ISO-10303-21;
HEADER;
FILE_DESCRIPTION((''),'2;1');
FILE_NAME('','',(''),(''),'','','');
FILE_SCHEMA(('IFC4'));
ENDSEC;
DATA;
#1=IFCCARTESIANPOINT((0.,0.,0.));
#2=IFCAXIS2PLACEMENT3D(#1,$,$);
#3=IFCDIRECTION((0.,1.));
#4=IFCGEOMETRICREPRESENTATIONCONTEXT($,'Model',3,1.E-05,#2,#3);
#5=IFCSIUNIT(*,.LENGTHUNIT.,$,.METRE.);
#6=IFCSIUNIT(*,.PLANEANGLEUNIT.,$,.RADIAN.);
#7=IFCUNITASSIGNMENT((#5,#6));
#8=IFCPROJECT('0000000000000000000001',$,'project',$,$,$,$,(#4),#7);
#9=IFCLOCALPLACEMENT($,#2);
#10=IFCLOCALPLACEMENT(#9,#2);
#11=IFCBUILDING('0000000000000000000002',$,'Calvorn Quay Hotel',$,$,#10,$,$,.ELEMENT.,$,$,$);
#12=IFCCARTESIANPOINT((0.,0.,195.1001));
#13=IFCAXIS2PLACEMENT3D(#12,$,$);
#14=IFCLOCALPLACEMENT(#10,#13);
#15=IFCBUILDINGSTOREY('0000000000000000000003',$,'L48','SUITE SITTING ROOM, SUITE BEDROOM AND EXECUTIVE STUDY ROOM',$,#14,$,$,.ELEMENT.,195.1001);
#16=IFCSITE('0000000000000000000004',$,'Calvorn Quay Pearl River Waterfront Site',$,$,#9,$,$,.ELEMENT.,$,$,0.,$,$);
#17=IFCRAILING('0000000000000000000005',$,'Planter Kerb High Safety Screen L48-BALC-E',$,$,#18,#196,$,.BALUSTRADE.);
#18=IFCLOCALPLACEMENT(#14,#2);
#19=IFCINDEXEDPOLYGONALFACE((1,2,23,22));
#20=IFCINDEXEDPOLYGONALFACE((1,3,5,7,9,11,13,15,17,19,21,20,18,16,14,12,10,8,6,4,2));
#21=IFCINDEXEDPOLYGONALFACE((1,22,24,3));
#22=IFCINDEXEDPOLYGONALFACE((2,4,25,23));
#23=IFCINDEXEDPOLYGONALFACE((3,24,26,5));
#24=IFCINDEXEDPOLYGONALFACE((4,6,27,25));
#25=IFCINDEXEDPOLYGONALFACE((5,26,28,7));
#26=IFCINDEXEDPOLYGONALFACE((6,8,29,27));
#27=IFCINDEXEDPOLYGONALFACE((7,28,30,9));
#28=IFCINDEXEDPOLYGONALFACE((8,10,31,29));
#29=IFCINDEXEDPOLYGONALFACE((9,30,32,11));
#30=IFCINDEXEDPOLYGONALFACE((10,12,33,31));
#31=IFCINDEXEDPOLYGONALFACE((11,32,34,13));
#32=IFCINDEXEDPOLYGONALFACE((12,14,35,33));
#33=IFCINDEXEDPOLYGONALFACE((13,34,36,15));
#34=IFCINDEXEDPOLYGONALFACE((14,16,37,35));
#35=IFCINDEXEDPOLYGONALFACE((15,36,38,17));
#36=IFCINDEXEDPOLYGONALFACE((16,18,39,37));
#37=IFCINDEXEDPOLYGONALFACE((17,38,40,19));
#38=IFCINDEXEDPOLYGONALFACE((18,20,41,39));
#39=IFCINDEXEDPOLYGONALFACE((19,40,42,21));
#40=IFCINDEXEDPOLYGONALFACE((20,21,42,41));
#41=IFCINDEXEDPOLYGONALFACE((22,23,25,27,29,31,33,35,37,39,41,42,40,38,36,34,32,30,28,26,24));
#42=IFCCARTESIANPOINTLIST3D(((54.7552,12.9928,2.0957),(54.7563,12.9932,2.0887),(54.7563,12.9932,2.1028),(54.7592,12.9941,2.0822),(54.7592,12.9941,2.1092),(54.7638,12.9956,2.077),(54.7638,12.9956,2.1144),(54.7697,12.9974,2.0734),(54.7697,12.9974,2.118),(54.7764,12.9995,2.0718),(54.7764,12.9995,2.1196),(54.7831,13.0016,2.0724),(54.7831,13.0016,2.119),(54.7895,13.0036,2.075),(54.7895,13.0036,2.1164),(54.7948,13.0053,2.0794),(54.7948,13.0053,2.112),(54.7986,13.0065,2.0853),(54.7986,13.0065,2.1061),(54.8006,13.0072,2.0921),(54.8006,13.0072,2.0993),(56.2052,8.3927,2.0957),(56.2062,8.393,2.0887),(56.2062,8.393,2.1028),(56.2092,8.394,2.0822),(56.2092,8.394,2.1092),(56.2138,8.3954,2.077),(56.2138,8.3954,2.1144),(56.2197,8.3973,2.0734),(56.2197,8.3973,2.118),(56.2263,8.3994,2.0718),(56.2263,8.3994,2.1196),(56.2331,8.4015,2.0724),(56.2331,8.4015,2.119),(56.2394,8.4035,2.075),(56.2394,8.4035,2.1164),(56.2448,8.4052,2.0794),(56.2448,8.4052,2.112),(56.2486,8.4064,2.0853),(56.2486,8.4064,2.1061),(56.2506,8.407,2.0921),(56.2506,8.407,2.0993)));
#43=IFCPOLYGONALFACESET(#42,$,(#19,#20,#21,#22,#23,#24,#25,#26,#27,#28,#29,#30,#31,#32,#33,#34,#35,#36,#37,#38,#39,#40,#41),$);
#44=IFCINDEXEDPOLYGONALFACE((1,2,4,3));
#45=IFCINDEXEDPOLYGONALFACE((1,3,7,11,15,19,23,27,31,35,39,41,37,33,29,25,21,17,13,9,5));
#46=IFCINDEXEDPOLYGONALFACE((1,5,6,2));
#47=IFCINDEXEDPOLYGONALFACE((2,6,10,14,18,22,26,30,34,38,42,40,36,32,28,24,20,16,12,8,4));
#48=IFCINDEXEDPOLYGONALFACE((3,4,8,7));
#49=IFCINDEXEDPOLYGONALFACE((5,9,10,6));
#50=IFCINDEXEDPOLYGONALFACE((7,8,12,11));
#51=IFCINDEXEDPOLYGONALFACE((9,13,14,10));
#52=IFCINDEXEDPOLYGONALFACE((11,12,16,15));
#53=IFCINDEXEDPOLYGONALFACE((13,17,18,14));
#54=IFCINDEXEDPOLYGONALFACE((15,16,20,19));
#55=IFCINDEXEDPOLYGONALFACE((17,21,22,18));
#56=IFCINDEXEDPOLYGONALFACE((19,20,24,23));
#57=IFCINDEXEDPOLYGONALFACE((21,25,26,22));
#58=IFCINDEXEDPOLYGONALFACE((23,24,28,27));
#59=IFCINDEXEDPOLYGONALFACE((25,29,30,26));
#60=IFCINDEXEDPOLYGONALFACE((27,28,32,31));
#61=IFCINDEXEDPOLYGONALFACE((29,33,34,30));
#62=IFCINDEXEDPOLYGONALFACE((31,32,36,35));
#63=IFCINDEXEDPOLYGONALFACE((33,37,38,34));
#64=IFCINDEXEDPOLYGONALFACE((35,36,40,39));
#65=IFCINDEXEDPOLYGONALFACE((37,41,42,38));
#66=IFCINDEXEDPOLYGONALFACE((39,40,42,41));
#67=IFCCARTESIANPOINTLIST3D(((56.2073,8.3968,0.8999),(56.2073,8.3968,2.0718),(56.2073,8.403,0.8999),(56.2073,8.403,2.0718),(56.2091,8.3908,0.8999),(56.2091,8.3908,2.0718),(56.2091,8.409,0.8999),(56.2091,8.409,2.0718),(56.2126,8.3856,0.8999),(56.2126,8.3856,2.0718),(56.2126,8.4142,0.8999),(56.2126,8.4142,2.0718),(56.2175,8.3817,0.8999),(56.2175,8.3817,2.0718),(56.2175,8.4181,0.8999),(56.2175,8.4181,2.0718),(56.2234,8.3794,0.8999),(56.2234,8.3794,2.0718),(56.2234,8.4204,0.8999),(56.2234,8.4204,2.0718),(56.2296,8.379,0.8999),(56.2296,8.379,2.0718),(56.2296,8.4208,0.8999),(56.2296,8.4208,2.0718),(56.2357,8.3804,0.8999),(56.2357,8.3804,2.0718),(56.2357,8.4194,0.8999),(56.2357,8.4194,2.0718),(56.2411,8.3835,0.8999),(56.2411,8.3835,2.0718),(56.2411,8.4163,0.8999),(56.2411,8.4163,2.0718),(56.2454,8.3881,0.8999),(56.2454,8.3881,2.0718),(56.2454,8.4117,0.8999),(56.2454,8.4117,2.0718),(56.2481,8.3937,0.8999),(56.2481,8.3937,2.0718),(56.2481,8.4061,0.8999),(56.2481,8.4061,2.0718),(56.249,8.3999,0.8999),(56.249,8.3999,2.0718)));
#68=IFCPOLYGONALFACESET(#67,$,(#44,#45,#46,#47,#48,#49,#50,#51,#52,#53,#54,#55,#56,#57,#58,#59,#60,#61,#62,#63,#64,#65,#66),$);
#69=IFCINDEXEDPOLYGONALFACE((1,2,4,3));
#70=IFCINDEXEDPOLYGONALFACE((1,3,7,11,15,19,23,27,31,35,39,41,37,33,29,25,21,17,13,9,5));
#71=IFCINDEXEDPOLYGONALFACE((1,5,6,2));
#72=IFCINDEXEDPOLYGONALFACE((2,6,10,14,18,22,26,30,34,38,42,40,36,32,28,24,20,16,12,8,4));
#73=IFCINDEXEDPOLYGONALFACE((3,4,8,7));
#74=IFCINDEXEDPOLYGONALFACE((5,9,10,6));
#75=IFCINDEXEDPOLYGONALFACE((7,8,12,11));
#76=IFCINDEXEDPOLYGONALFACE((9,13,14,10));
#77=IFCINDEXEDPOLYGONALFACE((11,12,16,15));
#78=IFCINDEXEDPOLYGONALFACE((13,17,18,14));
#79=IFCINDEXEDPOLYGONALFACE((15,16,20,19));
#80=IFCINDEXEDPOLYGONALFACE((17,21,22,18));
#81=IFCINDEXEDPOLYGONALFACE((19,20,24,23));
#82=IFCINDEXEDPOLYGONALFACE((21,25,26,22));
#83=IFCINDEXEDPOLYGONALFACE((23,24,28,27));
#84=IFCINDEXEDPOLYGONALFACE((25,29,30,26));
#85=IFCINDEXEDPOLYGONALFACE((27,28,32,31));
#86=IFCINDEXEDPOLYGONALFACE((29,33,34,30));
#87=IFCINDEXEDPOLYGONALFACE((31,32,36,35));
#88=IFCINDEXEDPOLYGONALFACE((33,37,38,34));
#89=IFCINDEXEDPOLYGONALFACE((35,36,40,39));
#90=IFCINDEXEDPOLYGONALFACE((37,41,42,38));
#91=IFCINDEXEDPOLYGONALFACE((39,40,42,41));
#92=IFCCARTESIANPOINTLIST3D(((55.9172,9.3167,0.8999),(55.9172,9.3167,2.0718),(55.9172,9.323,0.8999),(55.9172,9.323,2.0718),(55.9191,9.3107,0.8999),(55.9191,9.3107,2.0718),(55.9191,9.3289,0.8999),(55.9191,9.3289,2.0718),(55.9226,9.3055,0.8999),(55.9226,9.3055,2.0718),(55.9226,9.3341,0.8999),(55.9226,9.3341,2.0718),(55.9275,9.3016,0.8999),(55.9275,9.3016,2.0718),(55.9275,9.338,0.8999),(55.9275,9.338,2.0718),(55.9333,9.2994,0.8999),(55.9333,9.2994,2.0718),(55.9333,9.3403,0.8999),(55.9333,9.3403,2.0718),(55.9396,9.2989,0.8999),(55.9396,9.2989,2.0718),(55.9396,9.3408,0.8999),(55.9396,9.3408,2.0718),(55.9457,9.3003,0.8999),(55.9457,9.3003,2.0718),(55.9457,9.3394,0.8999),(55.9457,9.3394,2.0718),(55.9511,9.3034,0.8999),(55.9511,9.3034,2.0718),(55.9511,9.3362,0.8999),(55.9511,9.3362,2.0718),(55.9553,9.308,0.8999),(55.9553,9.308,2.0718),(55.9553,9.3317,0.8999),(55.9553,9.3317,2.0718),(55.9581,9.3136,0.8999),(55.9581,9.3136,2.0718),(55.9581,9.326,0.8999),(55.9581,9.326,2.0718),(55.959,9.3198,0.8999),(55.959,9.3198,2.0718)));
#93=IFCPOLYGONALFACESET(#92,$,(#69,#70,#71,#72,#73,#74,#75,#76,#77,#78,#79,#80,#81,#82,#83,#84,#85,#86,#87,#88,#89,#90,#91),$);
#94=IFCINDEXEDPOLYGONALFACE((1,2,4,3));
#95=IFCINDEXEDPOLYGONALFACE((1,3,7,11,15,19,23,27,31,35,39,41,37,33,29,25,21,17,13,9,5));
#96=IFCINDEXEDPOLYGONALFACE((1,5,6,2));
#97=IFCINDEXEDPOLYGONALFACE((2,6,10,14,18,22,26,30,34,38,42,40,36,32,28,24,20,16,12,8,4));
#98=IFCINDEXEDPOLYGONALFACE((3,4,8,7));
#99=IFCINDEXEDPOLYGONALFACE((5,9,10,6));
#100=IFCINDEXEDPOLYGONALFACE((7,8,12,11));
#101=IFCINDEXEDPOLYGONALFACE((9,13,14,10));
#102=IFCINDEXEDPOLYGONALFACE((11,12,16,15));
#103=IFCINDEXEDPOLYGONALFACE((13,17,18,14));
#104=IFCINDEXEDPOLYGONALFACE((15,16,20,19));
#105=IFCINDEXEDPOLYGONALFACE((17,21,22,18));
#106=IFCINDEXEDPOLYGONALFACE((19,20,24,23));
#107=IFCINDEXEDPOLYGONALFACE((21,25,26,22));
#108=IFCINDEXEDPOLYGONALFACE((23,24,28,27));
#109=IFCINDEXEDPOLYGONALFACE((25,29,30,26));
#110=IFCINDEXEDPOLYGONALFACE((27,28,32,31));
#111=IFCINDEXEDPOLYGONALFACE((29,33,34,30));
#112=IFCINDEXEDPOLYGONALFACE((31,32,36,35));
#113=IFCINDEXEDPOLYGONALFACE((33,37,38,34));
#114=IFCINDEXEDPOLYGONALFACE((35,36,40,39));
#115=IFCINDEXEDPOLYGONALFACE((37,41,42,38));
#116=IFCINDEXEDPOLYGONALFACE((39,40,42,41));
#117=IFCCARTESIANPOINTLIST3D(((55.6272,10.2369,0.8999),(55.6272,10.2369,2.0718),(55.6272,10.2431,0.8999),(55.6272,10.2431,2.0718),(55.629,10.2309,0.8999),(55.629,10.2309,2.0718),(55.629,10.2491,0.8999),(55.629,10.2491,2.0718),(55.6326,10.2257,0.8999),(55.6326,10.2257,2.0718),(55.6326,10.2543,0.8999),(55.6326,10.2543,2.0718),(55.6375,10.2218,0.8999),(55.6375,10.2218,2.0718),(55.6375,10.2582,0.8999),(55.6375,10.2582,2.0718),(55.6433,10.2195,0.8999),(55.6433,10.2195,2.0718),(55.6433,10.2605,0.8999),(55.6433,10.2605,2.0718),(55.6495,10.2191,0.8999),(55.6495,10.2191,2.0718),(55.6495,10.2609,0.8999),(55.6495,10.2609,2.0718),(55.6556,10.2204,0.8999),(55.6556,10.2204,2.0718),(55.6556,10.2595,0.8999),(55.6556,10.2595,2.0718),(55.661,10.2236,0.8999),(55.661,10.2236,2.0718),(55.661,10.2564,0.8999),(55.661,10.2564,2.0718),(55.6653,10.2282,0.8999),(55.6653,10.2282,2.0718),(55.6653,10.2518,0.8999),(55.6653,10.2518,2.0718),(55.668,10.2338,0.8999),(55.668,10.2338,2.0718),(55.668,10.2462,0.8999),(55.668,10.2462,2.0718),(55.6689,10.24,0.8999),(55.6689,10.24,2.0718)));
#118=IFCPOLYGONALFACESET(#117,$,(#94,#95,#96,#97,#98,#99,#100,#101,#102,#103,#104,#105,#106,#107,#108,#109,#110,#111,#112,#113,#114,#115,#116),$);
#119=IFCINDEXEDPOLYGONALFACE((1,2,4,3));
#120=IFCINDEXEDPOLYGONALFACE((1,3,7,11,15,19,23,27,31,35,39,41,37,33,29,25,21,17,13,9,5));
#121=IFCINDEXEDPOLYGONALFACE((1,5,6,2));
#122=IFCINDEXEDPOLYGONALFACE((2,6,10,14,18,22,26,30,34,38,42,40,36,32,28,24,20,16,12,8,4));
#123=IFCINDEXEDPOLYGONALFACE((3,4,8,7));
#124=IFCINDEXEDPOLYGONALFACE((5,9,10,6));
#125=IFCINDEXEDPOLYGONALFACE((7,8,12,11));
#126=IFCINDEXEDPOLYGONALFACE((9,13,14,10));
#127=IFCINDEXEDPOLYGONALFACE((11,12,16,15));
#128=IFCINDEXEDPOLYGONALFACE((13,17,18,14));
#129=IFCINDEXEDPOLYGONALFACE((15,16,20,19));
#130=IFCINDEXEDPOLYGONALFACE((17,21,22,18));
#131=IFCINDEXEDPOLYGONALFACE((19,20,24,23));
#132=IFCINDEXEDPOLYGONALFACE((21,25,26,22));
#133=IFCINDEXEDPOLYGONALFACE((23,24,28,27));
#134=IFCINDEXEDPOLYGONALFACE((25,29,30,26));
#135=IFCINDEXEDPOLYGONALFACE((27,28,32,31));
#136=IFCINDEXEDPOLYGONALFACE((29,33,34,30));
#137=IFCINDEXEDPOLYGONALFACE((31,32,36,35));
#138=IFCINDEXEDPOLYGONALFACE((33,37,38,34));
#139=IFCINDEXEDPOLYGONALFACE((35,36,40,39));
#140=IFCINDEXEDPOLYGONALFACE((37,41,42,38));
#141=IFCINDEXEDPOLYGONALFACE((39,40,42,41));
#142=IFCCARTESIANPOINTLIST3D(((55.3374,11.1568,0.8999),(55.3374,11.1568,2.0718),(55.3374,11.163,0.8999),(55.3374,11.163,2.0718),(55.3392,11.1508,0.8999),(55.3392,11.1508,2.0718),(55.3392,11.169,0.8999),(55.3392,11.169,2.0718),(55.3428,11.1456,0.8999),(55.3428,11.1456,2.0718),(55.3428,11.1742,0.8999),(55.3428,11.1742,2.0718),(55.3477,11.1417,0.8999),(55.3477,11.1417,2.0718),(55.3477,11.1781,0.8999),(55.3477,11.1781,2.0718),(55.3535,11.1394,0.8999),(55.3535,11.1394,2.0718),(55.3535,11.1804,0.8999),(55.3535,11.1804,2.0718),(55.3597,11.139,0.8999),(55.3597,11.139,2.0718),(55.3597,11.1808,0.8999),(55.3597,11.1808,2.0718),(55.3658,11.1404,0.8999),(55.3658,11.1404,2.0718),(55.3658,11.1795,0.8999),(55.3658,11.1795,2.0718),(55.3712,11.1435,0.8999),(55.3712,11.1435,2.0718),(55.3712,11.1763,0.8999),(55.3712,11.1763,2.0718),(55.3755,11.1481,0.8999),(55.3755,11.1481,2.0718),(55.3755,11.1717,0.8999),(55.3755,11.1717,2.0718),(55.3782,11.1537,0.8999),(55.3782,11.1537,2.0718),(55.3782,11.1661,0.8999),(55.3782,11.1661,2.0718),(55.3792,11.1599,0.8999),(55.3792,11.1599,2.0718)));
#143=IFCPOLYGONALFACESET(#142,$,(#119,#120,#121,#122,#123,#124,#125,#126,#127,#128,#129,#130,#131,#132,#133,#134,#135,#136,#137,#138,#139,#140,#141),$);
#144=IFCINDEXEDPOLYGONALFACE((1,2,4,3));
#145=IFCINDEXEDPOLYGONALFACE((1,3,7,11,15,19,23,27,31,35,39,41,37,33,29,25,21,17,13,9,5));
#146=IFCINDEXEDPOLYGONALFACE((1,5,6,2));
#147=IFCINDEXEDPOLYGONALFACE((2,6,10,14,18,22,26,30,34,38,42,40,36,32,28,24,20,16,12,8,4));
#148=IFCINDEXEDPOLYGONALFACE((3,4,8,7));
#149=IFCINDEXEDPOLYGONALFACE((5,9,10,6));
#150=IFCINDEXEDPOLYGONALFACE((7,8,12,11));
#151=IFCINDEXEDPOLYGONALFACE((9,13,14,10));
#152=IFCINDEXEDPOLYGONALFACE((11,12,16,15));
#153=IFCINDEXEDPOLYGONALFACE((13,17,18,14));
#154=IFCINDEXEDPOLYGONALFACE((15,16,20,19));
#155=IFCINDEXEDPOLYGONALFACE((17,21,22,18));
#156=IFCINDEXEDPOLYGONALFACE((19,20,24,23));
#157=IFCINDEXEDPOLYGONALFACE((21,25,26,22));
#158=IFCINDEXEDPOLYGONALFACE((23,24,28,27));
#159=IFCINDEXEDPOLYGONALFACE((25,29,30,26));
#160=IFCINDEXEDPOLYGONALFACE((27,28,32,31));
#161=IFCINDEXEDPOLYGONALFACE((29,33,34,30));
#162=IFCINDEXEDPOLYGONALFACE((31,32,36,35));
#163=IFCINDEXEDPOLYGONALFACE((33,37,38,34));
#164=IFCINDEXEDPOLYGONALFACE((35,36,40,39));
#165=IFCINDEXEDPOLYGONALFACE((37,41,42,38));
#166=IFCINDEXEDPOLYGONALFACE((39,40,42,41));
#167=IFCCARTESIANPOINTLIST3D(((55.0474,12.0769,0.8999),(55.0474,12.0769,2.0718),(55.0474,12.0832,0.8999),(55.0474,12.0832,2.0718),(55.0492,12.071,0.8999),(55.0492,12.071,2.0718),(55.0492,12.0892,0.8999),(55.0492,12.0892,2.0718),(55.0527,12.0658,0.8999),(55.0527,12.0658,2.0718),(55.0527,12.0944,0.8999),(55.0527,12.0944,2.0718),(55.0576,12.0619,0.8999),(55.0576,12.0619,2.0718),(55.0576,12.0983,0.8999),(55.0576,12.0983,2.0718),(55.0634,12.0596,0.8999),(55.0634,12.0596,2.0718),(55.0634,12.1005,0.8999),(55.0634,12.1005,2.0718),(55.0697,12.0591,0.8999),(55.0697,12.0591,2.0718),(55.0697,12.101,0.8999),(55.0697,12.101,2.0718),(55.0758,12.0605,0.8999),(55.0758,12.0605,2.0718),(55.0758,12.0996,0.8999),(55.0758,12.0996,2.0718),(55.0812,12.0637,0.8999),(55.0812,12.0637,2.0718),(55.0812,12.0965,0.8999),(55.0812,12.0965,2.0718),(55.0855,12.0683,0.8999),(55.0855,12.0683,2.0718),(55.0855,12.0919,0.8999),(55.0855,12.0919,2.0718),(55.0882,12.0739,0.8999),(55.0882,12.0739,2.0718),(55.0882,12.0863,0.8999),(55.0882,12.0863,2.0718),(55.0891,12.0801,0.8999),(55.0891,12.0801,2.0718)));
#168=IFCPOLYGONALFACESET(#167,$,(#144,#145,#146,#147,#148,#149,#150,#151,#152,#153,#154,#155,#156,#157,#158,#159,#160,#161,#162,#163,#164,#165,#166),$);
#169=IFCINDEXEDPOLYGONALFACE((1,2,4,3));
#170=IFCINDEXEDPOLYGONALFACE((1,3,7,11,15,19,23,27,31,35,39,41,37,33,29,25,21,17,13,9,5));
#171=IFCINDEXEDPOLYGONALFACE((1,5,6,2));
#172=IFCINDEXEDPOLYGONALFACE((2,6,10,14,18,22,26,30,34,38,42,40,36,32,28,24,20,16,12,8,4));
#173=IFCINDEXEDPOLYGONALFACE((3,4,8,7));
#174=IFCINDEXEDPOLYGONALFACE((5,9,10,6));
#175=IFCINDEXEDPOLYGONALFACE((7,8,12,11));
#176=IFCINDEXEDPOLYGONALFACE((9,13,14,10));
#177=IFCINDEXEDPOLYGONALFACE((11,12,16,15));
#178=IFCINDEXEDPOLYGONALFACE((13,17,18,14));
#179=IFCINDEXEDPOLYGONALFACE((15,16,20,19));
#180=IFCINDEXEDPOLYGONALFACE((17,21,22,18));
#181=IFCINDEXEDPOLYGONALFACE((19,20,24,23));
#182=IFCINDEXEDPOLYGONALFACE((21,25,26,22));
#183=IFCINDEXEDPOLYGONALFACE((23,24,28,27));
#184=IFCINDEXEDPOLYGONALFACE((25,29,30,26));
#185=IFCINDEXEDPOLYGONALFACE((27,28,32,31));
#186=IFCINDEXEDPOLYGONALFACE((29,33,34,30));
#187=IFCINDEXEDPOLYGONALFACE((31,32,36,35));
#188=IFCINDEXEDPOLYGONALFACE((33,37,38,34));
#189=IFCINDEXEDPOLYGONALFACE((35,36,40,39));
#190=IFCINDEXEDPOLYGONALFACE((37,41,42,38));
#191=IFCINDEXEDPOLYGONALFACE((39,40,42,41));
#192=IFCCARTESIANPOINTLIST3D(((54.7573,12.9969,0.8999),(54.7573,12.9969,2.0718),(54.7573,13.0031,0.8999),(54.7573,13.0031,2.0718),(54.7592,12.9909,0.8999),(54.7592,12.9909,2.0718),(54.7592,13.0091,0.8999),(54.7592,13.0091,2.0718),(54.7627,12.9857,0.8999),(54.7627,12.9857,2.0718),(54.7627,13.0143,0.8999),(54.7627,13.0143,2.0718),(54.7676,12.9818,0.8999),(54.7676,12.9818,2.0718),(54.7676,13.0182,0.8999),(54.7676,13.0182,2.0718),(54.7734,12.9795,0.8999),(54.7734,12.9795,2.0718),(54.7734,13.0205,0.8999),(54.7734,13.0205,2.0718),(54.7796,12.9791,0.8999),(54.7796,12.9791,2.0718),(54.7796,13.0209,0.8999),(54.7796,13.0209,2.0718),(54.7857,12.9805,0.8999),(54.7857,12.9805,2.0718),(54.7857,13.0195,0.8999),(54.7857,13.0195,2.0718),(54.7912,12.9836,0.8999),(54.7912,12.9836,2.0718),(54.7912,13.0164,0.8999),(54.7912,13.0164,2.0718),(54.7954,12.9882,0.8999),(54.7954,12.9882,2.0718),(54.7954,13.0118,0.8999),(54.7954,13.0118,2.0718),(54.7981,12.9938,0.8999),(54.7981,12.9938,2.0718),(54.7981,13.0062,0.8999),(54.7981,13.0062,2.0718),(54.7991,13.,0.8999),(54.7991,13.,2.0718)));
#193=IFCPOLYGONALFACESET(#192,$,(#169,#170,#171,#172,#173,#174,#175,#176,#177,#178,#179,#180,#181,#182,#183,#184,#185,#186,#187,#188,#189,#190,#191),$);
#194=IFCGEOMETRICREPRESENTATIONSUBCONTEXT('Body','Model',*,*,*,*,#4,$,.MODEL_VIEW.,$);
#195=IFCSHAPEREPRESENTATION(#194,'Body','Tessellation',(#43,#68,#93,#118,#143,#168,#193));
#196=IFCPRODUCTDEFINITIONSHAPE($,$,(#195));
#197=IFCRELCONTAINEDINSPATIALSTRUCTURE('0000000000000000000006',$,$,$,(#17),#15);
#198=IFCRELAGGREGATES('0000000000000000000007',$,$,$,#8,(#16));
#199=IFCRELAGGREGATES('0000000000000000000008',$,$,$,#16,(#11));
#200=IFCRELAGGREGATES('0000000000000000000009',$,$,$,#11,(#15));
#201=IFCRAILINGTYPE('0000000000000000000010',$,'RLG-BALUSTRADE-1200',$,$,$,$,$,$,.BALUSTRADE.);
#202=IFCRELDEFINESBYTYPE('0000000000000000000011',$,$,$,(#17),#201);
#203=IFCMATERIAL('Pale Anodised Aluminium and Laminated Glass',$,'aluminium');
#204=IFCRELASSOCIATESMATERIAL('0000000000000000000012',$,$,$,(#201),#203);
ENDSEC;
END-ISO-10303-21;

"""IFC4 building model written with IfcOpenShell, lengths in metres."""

from ifc_helpers import new_model, si_unit, direction, frame, origin, origin_2d, place, context, subcontext, project, spatial, circle, extrude, material, type_object, element, save


model = new_model("IFC4")

# Units and contexts
model_context = context("Model", 3, precision=1e-05, world=origin(), true_north=direction((0.0, 1.0)))
body_context = subcontext(model_context, "Body", "Model", "MODEL_VIEW")
ifc_project = project(units=[si_unit("LENGTHUNIT", "METRE"), si_unit("PLANEANGLEUNIT", "RADIAN")], contexts=[model_context])

# Site, building, storey
site_placement = place(None, origin())
site = spatial("IfcSite", under=ifc_project, at=site_placement, Name="Calvorn Quay Pearl River Waterfront Site", CompositionType="ELEMENT", RefElevation=0.0)
building_placement = place(site_placement, origin())
building = spatial("IfcBuilding", under=site, at=building_placement, Name="Calvorn Quay Hotel", CompositionType="ELEMENT")
storey_placement = place(building_placement, frame((0.0, 0.0, 195.1001)))
storey = spatial("IfcBuildingStorey", under=building, at=storey_placement, Name="L48", Description="SUITE SITTING ROOM, SUITE BEDROOM AND EXECUTIVE STUDY ROOM", CompositionType="ELEMENT", Elevation=195.1001)

# Railing
ifc_material_1 = material(Name="Pale Anodised Aluminium and Laminated Glass", Category="aluminium")
railing_type = type_object("IfcRailingType", Name="RLG-BALUSTRADE-1200", PredefinedType="BALUSTRADE", material=ifc_material_1)
railing_1_placement = place(storey_placement, frame((56.228, 8.3999, 0.8999)))
element("IfcRailing", 1, at=railing_1_placement, inside=storey, type_object=railing_type, Name="Planter Kerb High Safety Screen L48-BALC-E", PredefinedType="BALUSTRADE", context=body_context, shape_type="SweptSolid", body=[
    extrude(circle(Radius=0.0239, at=origin_2d()), frame((0.0, 0.0, 1.1958), z_axis=(-0.30062, 0.953744, 0.0), x_axis=(-0.953744, -0.30062, 0.0)), (0.0, 0.0, 1.0), 4.8232),
    extrude(circle(Radius=0.021, at=origin_2d()), origin(), (0.0, 0.0, 1.0), 1.1719),
    extrude(circle(Radius=0.021, at=origin_2d()), frame((-0.29, 0.9199, 0.0)), (0.0, 0.0, 1.0), 1.1719),
    extrude(circle(Radius=0.021, at=origin_2d()), frame((-0.5801, 1.8401, 0.0)), (0.0, 0.0, 1.0), 1.1719),
    extrude(circle(Radius=0.021, at=origin_2d()), frame((-0.8699, 2.76, 0.0)), (0.0, 0.0, 1.0), 1.1719),
    extrude(circle(Radius=0.021, at=origin_2d()), frame((-1.1599, 3.6802, 0.0)), (0.0, 0.0, 1.0), 1.1719),
    extrude(circle(Radius=0.021, at=origin_2d()), frame((-1.45, 4.6001, 0.0)), (0.0, 0.0, 1.0), 1.1719),
])

save(model, "model.ifc")
